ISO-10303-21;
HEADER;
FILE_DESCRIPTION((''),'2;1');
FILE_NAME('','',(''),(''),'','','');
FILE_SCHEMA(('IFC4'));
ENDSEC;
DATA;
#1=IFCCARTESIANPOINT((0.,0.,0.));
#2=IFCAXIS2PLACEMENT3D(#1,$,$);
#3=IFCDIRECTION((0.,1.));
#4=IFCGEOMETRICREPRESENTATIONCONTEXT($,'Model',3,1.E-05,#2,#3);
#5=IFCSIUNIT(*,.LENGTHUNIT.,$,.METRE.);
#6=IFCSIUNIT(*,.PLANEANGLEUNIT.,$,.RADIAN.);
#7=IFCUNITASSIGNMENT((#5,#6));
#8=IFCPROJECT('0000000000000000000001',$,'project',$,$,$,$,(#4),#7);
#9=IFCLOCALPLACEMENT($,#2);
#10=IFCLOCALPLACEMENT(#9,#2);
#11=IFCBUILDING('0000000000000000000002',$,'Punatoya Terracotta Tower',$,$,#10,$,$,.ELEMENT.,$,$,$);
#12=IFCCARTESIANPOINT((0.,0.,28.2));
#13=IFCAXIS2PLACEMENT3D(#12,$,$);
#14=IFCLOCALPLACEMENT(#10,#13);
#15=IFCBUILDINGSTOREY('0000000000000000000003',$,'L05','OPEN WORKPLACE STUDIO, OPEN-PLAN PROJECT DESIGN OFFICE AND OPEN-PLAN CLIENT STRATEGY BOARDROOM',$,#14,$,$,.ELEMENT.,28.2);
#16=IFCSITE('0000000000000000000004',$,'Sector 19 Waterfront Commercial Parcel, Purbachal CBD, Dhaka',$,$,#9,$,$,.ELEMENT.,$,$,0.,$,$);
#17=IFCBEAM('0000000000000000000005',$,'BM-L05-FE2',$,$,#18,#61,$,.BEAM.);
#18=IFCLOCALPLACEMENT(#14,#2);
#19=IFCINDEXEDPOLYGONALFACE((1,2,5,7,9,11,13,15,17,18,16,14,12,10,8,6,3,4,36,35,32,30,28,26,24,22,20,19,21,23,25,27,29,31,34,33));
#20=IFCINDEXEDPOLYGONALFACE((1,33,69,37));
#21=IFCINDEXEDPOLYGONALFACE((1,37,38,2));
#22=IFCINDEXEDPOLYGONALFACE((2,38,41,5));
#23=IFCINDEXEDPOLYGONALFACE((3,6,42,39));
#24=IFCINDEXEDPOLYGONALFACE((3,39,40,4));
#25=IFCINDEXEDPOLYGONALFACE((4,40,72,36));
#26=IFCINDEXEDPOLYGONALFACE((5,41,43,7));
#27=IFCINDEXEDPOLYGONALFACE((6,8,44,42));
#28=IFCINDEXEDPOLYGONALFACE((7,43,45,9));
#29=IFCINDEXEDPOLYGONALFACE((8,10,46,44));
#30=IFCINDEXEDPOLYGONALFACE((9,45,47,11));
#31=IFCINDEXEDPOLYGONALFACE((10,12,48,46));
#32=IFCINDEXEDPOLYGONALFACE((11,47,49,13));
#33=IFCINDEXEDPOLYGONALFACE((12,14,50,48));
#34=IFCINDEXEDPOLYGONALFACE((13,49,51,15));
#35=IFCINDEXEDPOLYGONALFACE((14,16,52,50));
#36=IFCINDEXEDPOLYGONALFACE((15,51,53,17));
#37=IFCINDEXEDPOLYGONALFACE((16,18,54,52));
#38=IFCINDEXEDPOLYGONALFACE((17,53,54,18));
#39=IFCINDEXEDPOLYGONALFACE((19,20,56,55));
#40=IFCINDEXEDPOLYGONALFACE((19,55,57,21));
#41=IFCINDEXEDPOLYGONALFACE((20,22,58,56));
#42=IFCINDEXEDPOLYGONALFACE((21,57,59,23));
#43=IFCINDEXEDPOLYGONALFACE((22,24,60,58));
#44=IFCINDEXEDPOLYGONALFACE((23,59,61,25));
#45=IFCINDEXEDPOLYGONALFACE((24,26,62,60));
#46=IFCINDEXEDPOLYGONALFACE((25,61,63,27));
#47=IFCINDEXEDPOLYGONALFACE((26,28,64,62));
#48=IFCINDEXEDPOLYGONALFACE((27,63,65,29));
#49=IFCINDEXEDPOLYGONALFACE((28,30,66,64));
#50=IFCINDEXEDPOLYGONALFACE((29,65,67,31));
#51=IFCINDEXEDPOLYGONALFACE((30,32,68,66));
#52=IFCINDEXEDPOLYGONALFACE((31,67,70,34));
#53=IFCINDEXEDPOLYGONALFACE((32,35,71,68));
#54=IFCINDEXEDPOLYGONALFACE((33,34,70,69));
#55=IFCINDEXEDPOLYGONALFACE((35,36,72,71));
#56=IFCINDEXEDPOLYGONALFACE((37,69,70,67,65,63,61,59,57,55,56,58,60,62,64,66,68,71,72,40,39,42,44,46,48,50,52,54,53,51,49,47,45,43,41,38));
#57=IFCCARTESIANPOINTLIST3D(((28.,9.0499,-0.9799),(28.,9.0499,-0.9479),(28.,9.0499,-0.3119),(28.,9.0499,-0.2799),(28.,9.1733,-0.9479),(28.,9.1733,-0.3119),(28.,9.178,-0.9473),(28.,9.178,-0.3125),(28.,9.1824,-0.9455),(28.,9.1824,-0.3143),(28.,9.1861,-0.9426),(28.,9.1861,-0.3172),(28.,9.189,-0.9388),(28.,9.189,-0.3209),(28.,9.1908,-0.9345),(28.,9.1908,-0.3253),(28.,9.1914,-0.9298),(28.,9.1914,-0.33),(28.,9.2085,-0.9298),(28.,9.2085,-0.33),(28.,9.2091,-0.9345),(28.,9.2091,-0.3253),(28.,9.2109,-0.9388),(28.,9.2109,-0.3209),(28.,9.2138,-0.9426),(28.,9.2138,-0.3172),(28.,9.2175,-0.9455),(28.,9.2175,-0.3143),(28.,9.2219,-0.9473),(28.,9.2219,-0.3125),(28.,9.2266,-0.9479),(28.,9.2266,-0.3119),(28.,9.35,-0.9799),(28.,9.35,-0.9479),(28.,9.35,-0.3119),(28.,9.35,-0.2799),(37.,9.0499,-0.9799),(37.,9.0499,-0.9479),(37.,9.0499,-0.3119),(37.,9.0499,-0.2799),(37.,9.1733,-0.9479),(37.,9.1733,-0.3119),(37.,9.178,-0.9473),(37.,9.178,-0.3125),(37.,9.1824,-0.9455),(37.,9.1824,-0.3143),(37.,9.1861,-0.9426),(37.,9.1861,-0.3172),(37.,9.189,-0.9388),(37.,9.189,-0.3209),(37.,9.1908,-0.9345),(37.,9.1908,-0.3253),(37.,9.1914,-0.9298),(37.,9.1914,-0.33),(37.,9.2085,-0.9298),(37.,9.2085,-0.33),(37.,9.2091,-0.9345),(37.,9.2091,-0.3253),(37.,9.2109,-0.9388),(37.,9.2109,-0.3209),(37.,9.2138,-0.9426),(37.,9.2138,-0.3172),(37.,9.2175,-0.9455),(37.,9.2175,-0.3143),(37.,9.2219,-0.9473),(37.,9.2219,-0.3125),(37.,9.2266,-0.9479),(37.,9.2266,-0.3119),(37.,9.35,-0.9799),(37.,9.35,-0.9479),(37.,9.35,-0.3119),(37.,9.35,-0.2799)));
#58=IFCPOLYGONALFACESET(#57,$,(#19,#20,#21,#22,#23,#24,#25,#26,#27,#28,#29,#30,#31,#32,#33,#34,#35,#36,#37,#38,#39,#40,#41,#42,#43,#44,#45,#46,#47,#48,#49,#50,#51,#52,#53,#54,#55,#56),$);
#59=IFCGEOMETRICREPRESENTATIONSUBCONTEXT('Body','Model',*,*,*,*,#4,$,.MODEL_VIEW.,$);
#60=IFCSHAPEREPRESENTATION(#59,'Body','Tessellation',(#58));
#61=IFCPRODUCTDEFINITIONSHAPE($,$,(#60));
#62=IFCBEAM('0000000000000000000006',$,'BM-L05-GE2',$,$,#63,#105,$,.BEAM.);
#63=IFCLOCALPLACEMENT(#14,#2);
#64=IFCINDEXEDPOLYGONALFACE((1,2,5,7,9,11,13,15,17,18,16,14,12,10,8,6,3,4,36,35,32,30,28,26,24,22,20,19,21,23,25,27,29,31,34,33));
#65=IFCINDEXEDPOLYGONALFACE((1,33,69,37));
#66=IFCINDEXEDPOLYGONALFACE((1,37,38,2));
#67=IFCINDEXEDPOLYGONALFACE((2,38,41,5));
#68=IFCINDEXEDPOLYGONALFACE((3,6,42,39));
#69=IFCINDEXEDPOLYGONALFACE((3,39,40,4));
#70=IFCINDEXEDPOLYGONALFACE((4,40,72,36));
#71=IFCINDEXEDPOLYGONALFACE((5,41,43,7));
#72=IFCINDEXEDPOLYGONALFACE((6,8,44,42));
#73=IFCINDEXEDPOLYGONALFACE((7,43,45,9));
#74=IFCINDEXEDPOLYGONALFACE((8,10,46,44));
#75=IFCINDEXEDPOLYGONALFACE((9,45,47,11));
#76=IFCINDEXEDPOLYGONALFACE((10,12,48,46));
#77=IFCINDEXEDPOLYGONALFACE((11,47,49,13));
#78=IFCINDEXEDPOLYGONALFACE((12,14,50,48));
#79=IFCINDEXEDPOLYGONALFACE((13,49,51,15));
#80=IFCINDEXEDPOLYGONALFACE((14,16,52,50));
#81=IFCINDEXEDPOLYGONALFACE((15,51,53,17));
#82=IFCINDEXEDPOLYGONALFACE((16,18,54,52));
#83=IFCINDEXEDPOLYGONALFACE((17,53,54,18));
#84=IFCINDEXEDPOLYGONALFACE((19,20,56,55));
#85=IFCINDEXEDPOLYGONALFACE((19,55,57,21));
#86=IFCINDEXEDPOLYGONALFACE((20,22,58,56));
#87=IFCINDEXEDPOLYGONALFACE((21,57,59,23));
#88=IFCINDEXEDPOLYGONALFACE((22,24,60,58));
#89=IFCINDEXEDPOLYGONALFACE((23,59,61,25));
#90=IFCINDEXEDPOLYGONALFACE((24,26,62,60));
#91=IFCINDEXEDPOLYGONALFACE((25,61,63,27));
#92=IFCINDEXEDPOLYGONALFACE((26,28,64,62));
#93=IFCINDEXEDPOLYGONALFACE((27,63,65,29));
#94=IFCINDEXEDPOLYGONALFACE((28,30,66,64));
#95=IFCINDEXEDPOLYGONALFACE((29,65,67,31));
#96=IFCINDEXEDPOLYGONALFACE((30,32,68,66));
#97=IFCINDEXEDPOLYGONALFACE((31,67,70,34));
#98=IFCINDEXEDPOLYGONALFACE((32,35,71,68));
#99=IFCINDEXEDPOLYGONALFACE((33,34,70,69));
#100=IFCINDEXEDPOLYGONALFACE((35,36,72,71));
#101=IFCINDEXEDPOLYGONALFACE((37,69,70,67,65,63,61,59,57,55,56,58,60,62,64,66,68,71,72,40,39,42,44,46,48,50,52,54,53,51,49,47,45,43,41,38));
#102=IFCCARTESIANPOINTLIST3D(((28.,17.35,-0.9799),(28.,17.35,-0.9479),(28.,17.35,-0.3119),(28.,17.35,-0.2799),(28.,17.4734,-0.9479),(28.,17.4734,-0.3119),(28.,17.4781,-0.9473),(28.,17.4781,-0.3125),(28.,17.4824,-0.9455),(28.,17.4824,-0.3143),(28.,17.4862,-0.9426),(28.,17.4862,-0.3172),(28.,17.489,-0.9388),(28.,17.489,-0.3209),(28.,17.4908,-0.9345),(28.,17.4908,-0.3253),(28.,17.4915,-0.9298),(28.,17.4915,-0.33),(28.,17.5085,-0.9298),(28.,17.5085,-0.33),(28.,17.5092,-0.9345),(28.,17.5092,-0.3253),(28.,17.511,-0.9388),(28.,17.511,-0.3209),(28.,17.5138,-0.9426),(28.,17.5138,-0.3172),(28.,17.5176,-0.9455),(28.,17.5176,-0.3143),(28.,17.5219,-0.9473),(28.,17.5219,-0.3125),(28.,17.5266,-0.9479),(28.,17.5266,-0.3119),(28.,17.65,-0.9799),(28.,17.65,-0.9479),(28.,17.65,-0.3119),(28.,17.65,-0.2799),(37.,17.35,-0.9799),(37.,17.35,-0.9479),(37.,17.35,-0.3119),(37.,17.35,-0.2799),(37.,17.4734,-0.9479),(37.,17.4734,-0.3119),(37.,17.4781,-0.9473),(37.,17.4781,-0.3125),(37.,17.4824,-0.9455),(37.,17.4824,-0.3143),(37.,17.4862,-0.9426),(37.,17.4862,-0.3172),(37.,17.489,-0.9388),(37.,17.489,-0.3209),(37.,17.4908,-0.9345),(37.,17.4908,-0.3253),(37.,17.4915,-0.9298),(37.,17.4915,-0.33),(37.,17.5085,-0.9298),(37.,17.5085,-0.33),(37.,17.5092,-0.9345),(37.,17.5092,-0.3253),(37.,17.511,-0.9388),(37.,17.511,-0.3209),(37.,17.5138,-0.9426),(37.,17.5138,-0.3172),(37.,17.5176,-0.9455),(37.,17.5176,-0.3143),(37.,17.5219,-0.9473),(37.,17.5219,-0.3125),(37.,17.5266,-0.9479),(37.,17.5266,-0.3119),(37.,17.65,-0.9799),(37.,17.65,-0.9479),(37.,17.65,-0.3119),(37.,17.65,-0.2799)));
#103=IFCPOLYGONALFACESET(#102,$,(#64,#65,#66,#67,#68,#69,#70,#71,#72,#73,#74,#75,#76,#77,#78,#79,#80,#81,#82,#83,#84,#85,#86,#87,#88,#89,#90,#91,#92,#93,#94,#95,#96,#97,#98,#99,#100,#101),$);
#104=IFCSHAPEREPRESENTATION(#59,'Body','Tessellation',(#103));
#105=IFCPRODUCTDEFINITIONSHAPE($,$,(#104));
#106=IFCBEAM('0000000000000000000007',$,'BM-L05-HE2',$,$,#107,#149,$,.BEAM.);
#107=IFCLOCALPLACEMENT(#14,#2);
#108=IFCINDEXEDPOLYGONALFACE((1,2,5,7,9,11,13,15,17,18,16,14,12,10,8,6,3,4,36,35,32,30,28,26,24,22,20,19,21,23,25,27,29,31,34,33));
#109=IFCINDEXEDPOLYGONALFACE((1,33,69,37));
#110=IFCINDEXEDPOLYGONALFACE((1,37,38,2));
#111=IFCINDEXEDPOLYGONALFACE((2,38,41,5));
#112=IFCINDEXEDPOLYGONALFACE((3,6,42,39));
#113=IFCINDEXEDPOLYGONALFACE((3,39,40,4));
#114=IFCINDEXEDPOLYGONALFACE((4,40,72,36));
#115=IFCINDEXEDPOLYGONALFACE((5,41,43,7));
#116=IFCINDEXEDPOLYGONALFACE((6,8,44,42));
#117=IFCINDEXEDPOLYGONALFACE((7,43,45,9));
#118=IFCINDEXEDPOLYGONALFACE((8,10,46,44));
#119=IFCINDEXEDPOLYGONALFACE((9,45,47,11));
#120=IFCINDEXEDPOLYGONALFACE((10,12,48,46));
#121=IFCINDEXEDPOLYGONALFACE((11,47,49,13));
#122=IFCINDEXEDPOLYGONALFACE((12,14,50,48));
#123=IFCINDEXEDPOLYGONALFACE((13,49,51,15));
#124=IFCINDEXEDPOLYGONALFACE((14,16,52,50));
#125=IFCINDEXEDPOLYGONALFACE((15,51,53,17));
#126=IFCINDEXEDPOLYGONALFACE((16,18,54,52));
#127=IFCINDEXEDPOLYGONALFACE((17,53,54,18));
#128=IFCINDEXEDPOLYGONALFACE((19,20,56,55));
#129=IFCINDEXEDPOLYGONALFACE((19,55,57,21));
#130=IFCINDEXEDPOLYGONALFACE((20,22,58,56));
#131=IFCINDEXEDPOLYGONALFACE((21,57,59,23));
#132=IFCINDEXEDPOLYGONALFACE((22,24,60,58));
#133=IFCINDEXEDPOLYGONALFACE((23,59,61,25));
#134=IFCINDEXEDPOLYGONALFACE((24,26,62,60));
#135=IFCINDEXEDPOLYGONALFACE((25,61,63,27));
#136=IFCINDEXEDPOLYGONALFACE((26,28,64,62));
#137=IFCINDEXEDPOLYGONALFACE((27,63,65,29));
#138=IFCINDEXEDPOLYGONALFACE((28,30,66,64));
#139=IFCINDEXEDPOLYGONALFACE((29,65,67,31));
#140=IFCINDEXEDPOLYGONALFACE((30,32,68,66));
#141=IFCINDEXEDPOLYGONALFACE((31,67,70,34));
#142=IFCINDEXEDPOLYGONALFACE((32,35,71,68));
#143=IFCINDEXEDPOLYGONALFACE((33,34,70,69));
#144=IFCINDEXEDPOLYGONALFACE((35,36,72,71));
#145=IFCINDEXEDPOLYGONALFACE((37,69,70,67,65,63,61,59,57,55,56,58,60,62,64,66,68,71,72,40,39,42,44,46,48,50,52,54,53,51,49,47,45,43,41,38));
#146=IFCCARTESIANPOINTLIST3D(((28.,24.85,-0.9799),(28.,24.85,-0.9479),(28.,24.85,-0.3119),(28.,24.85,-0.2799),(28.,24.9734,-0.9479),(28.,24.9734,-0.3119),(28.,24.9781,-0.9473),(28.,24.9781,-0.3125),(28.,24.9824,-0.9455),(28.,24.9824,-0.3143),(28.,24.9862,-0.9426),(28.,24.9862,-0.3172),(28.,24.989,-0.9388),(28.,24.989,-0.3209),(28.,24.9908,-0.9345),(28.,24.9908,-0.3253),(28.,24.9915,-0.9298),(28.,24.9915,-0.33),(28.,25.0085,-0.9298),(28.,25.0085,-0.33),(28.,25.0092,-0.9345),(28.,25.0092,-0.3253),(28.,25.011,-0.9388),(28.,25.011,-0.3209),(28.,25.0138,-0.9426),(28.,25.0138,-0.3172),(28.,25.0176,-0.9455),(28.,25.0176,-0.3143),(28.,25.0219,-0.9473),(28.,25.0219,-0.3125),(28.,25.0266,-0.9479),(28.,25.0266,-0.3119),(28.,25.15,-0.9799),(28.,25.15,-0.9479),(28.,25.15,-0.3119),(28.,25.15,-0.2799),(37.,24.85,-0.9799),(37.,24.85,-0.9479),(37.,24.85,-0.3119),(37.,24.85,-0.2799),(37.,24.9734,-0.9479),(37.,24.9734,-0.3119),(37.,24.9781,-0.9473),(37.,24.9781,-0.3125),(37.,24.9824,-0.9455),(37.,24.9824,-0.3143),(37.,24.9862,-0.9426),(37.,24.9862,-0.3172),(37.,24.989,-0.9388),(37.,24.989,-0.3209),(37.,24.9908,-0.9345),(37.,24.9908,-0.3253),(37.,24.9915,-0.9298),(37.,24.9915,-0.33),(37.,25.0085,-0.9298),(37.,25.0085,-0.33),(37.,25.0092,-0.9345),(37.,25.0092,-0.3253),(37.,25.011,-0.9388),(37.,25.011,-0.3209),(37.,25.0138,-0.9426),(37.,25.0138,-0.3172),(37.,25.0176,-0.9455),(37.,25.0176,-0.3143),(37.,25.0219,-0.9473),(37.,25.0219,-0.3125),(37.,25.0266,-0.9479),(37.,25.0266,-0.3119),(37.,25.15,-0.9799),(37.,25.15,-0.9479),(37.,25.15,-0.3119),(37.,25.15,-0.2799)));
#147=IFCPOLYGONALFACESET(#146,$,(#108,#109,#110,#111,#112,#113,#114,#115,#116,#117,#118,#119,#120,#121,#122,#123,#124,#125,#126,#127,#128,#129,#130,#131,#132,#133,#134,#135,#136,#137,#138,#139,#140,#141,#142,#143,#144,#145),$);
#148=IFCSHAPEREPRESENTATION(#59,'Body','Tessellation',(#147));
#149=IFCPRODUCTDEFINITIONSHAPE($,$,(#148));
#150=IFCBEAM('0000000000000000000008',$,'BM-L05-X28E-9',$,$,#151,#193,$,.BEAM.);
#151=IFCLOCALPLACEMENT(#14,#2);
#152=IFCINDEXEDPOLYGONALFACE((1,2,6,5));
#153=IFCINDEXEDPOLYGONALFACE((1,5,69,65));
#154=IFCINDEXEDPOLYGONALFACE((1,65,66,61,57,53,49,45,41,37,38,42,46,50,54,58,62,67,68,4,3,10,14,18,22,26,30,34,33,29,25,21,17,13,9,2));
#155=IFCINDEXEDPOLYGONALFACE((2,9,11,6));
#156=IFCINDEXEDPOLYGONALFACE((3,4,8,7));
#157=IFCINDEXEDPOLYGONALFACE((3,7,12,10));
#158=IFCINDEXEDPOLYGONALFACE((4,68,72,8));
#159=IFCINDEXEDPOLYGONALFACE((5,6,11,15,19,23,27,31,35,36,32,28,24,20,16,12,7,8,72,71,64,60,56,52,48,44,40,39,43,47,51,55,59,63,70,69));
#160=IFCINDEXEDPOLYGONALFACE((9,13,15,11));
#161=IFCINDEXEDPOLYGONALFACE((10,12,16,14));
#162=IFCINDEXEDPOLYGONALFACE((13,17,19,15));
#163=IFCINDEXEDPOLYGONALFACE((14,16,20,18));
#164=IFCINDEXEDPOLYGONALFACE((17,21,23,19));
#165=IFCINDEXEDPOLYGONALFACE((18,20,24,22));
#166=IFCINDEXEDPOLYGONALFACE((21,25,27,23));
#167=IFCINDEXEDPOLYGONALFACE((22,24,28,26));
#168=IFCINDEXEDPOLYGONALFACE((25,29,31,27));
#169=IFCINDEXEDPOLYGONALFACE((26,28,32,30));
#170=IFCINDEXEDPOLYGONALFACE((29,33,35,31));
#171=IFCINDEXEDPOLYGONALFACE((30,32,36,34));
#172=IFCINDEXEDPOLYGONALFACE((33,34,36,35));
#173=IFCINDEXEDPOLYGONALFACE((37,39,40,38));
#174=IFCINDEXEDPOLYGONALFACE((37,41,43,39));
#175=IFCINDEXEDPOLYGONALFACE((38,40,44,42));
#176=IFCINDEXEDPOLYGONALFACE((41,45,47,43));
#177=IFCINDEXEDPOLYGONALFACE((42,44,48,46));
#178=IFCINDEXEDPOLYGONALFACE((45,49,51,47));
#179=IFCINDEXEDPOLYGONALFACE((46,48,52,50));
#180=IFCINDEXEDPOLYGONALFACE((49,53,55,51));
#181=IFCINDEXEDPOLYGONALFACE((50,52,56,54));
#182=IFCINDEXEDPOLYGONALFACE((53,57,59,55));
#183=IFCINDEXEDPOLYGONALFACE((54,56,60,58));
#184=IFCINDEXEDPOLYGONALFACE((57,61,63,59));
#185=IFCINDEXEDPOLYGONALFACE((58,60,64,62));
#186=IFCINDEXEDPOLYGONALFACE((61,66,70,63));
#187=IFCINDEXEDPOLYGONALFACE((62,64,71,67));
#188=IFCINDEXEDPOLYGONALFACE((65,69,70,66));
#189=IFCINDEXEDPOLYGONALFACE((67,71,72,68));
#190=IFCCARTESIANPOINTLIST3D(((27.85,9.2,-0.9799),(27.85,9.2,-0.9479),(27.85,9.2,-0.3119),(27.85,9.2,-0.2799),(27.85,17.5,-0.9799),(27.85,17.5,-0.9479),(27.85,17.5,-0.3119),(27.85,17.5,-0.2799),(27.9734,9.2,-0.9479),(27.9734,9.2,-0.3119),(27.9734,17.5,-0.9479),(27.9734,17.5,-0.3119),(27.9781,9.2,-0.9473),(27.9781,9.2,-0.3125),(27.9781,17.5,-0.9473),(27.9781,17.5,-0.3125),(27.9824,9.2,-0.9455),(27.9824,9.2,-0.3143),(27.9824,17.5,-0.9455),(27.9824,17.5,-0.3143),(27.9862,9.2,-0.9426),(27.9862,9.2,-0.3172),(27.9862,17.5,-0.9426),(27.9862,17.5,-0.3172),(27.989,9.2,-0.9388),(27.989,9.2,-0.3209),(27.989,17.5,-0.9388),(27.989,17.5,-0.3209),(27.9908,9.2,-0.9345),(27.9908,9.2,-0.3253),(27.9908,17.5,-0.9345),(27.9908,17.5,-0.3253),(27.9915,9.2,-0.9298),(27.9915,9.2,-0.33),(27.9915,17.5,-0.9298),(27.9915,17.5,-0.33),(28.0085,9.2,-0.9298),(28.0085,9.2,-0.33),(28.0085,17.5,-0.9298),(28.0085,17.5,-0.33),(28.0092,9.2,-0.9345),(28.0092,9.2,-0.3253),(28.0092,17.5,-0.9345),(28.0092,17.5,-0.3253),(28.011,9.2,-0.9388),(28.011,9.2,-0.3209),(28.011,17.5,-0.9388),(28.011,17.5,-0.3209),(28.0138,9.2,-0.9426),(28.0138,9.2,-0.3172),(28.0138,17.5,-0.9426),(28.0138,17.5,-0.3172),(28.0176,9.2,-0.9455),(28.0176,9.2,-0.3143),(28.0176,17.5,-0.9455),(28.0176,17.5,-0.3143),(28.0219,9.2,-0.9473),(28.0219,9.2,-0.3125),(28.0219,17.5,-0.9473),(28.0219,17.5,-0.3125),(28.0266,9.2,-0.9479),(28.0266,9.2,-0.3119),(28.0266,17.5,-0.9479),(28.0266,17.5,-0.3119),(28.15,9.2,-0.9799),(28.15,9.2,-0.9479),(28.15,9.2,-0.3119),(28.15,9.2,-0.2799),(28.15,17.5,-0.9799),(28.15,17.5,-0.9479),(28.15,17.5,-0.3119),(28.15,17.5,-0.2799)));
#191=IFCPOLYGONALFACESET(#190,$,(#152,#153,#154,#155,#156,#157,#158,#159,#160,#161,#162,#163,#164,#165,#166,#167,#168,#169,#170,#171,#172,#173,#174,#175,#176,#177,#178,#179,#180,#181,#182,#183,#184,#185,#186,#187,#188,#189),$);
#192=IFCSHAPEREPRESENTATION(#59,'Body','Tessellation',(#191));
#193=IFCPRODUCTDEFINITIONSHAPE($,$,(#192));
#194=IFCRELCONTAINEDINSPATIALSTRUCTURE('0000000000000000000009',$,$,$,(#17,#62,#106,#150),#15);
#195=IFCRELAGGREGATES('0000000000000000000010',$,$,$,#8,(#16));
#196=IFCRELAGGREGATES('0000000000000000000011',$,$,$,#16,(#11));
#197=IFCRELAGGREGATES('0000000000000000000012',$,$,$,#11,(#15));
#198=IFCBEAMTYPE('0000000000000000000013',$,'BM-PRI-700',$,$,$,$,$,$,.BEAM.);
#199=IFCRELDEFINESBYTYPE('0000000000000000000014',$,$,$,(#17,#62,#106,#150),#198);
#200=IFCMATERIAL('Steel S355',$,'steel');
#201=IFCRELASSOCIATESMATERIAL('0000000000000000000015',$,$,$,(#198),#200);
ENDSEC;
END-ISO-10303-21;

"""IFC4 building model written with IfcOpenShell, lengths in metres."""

from ifc_helpers import new_model, si_unit, direction, frame, origin, origin_2d, place, context, subcontext, project, spatial, i_section, extrude, material, material_profile, profile_set, type_object, element, save


model = new_model("IFC4")

# Units and contexts
model_context = context("Model", 3, precision=1e-05, world=origin(), true_north=direction((0.0, 1.0)))
body_context = subcontext(model_context, "Body", "Model", "MODEL_VIEW")
ifc_project = project(units=[si_unit("LENGTHUNIT", "METRE"), si_unit("PLANEANGLEUNIT", "RADIAN")], contexts=[model_context])

# Site, building, storey
site_placement = place(None, origin())
site = spatial("IfcSite", under=ifc_project, at=site_placement, Name="Sector 19 Waterfront Commercial Parcel, Purbachal CBD, Dhaka", CompositionType="ELEMENT", RefElevation=0.0)
building_placement = place(site_placement, origin())
building = spatial("IfcBuilding", under=site, at=building_placement, Name="Punatoya Terracotta Tower", CompositionType="ELEMENT")
storey_placement = place(building_placement, frame((0.0, 0.0, 28.2)))
storey = spatial("IfcBuildingStorey", under=building, at=storey_placement, Name="L05", Description="OPEN WORKPLACE STUDIO, OPEN-PLAN PROJECT DESIGN OFFICE AND OPEN-PLAN CLIENT STRATEGY BOARDROOM", CompositionType="ELEMENT", Elevation=28.2)

# Beams
ifc_material_1 = material(Name="Steel S355", Category="steel")
ifc_material_profile_1 = material_profile(ifc_material_1, i_section(OverallWidth=0.3, OverallDepth=0.7, WebThickness=0.0171, FlangeThickness=0.032, FilletRadius=0.0181, at=origin_2d()))
ifc_profile_set_1 = profile_set([ifc_material_profile_1], Name="Steel S355")
beam_type_1 = type_object("IfcBeamType", Name="BM-PRI-700", PredefinedType="BEAM", material=ifc_profile_set_1)
for number, where, z_axis, x_axis, name in (
    (1, (28.0, 9.2, -0.6299), (1.0, 0.0, 0.0), (0.0, 1.0, 0.0), "BM-L05-FE2"),
    (2, (28.0, 17.5, -0.6299), (1.0, 0.0, 0.0), (0.0, 1.0, 0.0), "BM-L05-GE2"),
    (3, (28.0, 25.0, -0.6299), (1.0, 0.0, 0.0), (0.0, 1.0, 0.0), "BM-L05-HE2"),
):
    element("IfcBeam", number, at=place(storey_placement, frame(where, z_axis=z_axis, x_axis=x_axis)), inside=storey, type_object=beam_type_1, Name=name, PredefinedType="BEAM", context=body_context, shape_type="SweptSolid", body=[
        extrude(i_section(OverallWidth=0.3, OverallDepth=0.7, WebThickness=0.0171, FlangeThickness=0.032, FilletRadius=0.0181, at=origin_2d()), origin(), (0.0, 0.0, 1.0), 9.0),
    ])
beam_1_placement = place(storey_placement, frame((28.0, 9.2, -0.6299), z_axis=(0.0, 1.0, 0.0), x_axis=(-1.0, 0.0, 0.0)))
element("IfcBeam", 4, at=beam_1_placement, inside=storey, type_object=beam_type_1, Name="BM-L05-X28E-9", PredefinedType="BEAM", context=body_context, shape_type="SweptSolid", body=[
    extrude(i_section(OverallWidth=0.3, OverallDepth=0.7, WebThickness=0.0171, FlangeThickness=0.032, FilletRadius=0.0181, at=origin_2d()), origin(), (0.0, 0.0, 1.0), 8.3),
])

save(model, "model.ifc")
